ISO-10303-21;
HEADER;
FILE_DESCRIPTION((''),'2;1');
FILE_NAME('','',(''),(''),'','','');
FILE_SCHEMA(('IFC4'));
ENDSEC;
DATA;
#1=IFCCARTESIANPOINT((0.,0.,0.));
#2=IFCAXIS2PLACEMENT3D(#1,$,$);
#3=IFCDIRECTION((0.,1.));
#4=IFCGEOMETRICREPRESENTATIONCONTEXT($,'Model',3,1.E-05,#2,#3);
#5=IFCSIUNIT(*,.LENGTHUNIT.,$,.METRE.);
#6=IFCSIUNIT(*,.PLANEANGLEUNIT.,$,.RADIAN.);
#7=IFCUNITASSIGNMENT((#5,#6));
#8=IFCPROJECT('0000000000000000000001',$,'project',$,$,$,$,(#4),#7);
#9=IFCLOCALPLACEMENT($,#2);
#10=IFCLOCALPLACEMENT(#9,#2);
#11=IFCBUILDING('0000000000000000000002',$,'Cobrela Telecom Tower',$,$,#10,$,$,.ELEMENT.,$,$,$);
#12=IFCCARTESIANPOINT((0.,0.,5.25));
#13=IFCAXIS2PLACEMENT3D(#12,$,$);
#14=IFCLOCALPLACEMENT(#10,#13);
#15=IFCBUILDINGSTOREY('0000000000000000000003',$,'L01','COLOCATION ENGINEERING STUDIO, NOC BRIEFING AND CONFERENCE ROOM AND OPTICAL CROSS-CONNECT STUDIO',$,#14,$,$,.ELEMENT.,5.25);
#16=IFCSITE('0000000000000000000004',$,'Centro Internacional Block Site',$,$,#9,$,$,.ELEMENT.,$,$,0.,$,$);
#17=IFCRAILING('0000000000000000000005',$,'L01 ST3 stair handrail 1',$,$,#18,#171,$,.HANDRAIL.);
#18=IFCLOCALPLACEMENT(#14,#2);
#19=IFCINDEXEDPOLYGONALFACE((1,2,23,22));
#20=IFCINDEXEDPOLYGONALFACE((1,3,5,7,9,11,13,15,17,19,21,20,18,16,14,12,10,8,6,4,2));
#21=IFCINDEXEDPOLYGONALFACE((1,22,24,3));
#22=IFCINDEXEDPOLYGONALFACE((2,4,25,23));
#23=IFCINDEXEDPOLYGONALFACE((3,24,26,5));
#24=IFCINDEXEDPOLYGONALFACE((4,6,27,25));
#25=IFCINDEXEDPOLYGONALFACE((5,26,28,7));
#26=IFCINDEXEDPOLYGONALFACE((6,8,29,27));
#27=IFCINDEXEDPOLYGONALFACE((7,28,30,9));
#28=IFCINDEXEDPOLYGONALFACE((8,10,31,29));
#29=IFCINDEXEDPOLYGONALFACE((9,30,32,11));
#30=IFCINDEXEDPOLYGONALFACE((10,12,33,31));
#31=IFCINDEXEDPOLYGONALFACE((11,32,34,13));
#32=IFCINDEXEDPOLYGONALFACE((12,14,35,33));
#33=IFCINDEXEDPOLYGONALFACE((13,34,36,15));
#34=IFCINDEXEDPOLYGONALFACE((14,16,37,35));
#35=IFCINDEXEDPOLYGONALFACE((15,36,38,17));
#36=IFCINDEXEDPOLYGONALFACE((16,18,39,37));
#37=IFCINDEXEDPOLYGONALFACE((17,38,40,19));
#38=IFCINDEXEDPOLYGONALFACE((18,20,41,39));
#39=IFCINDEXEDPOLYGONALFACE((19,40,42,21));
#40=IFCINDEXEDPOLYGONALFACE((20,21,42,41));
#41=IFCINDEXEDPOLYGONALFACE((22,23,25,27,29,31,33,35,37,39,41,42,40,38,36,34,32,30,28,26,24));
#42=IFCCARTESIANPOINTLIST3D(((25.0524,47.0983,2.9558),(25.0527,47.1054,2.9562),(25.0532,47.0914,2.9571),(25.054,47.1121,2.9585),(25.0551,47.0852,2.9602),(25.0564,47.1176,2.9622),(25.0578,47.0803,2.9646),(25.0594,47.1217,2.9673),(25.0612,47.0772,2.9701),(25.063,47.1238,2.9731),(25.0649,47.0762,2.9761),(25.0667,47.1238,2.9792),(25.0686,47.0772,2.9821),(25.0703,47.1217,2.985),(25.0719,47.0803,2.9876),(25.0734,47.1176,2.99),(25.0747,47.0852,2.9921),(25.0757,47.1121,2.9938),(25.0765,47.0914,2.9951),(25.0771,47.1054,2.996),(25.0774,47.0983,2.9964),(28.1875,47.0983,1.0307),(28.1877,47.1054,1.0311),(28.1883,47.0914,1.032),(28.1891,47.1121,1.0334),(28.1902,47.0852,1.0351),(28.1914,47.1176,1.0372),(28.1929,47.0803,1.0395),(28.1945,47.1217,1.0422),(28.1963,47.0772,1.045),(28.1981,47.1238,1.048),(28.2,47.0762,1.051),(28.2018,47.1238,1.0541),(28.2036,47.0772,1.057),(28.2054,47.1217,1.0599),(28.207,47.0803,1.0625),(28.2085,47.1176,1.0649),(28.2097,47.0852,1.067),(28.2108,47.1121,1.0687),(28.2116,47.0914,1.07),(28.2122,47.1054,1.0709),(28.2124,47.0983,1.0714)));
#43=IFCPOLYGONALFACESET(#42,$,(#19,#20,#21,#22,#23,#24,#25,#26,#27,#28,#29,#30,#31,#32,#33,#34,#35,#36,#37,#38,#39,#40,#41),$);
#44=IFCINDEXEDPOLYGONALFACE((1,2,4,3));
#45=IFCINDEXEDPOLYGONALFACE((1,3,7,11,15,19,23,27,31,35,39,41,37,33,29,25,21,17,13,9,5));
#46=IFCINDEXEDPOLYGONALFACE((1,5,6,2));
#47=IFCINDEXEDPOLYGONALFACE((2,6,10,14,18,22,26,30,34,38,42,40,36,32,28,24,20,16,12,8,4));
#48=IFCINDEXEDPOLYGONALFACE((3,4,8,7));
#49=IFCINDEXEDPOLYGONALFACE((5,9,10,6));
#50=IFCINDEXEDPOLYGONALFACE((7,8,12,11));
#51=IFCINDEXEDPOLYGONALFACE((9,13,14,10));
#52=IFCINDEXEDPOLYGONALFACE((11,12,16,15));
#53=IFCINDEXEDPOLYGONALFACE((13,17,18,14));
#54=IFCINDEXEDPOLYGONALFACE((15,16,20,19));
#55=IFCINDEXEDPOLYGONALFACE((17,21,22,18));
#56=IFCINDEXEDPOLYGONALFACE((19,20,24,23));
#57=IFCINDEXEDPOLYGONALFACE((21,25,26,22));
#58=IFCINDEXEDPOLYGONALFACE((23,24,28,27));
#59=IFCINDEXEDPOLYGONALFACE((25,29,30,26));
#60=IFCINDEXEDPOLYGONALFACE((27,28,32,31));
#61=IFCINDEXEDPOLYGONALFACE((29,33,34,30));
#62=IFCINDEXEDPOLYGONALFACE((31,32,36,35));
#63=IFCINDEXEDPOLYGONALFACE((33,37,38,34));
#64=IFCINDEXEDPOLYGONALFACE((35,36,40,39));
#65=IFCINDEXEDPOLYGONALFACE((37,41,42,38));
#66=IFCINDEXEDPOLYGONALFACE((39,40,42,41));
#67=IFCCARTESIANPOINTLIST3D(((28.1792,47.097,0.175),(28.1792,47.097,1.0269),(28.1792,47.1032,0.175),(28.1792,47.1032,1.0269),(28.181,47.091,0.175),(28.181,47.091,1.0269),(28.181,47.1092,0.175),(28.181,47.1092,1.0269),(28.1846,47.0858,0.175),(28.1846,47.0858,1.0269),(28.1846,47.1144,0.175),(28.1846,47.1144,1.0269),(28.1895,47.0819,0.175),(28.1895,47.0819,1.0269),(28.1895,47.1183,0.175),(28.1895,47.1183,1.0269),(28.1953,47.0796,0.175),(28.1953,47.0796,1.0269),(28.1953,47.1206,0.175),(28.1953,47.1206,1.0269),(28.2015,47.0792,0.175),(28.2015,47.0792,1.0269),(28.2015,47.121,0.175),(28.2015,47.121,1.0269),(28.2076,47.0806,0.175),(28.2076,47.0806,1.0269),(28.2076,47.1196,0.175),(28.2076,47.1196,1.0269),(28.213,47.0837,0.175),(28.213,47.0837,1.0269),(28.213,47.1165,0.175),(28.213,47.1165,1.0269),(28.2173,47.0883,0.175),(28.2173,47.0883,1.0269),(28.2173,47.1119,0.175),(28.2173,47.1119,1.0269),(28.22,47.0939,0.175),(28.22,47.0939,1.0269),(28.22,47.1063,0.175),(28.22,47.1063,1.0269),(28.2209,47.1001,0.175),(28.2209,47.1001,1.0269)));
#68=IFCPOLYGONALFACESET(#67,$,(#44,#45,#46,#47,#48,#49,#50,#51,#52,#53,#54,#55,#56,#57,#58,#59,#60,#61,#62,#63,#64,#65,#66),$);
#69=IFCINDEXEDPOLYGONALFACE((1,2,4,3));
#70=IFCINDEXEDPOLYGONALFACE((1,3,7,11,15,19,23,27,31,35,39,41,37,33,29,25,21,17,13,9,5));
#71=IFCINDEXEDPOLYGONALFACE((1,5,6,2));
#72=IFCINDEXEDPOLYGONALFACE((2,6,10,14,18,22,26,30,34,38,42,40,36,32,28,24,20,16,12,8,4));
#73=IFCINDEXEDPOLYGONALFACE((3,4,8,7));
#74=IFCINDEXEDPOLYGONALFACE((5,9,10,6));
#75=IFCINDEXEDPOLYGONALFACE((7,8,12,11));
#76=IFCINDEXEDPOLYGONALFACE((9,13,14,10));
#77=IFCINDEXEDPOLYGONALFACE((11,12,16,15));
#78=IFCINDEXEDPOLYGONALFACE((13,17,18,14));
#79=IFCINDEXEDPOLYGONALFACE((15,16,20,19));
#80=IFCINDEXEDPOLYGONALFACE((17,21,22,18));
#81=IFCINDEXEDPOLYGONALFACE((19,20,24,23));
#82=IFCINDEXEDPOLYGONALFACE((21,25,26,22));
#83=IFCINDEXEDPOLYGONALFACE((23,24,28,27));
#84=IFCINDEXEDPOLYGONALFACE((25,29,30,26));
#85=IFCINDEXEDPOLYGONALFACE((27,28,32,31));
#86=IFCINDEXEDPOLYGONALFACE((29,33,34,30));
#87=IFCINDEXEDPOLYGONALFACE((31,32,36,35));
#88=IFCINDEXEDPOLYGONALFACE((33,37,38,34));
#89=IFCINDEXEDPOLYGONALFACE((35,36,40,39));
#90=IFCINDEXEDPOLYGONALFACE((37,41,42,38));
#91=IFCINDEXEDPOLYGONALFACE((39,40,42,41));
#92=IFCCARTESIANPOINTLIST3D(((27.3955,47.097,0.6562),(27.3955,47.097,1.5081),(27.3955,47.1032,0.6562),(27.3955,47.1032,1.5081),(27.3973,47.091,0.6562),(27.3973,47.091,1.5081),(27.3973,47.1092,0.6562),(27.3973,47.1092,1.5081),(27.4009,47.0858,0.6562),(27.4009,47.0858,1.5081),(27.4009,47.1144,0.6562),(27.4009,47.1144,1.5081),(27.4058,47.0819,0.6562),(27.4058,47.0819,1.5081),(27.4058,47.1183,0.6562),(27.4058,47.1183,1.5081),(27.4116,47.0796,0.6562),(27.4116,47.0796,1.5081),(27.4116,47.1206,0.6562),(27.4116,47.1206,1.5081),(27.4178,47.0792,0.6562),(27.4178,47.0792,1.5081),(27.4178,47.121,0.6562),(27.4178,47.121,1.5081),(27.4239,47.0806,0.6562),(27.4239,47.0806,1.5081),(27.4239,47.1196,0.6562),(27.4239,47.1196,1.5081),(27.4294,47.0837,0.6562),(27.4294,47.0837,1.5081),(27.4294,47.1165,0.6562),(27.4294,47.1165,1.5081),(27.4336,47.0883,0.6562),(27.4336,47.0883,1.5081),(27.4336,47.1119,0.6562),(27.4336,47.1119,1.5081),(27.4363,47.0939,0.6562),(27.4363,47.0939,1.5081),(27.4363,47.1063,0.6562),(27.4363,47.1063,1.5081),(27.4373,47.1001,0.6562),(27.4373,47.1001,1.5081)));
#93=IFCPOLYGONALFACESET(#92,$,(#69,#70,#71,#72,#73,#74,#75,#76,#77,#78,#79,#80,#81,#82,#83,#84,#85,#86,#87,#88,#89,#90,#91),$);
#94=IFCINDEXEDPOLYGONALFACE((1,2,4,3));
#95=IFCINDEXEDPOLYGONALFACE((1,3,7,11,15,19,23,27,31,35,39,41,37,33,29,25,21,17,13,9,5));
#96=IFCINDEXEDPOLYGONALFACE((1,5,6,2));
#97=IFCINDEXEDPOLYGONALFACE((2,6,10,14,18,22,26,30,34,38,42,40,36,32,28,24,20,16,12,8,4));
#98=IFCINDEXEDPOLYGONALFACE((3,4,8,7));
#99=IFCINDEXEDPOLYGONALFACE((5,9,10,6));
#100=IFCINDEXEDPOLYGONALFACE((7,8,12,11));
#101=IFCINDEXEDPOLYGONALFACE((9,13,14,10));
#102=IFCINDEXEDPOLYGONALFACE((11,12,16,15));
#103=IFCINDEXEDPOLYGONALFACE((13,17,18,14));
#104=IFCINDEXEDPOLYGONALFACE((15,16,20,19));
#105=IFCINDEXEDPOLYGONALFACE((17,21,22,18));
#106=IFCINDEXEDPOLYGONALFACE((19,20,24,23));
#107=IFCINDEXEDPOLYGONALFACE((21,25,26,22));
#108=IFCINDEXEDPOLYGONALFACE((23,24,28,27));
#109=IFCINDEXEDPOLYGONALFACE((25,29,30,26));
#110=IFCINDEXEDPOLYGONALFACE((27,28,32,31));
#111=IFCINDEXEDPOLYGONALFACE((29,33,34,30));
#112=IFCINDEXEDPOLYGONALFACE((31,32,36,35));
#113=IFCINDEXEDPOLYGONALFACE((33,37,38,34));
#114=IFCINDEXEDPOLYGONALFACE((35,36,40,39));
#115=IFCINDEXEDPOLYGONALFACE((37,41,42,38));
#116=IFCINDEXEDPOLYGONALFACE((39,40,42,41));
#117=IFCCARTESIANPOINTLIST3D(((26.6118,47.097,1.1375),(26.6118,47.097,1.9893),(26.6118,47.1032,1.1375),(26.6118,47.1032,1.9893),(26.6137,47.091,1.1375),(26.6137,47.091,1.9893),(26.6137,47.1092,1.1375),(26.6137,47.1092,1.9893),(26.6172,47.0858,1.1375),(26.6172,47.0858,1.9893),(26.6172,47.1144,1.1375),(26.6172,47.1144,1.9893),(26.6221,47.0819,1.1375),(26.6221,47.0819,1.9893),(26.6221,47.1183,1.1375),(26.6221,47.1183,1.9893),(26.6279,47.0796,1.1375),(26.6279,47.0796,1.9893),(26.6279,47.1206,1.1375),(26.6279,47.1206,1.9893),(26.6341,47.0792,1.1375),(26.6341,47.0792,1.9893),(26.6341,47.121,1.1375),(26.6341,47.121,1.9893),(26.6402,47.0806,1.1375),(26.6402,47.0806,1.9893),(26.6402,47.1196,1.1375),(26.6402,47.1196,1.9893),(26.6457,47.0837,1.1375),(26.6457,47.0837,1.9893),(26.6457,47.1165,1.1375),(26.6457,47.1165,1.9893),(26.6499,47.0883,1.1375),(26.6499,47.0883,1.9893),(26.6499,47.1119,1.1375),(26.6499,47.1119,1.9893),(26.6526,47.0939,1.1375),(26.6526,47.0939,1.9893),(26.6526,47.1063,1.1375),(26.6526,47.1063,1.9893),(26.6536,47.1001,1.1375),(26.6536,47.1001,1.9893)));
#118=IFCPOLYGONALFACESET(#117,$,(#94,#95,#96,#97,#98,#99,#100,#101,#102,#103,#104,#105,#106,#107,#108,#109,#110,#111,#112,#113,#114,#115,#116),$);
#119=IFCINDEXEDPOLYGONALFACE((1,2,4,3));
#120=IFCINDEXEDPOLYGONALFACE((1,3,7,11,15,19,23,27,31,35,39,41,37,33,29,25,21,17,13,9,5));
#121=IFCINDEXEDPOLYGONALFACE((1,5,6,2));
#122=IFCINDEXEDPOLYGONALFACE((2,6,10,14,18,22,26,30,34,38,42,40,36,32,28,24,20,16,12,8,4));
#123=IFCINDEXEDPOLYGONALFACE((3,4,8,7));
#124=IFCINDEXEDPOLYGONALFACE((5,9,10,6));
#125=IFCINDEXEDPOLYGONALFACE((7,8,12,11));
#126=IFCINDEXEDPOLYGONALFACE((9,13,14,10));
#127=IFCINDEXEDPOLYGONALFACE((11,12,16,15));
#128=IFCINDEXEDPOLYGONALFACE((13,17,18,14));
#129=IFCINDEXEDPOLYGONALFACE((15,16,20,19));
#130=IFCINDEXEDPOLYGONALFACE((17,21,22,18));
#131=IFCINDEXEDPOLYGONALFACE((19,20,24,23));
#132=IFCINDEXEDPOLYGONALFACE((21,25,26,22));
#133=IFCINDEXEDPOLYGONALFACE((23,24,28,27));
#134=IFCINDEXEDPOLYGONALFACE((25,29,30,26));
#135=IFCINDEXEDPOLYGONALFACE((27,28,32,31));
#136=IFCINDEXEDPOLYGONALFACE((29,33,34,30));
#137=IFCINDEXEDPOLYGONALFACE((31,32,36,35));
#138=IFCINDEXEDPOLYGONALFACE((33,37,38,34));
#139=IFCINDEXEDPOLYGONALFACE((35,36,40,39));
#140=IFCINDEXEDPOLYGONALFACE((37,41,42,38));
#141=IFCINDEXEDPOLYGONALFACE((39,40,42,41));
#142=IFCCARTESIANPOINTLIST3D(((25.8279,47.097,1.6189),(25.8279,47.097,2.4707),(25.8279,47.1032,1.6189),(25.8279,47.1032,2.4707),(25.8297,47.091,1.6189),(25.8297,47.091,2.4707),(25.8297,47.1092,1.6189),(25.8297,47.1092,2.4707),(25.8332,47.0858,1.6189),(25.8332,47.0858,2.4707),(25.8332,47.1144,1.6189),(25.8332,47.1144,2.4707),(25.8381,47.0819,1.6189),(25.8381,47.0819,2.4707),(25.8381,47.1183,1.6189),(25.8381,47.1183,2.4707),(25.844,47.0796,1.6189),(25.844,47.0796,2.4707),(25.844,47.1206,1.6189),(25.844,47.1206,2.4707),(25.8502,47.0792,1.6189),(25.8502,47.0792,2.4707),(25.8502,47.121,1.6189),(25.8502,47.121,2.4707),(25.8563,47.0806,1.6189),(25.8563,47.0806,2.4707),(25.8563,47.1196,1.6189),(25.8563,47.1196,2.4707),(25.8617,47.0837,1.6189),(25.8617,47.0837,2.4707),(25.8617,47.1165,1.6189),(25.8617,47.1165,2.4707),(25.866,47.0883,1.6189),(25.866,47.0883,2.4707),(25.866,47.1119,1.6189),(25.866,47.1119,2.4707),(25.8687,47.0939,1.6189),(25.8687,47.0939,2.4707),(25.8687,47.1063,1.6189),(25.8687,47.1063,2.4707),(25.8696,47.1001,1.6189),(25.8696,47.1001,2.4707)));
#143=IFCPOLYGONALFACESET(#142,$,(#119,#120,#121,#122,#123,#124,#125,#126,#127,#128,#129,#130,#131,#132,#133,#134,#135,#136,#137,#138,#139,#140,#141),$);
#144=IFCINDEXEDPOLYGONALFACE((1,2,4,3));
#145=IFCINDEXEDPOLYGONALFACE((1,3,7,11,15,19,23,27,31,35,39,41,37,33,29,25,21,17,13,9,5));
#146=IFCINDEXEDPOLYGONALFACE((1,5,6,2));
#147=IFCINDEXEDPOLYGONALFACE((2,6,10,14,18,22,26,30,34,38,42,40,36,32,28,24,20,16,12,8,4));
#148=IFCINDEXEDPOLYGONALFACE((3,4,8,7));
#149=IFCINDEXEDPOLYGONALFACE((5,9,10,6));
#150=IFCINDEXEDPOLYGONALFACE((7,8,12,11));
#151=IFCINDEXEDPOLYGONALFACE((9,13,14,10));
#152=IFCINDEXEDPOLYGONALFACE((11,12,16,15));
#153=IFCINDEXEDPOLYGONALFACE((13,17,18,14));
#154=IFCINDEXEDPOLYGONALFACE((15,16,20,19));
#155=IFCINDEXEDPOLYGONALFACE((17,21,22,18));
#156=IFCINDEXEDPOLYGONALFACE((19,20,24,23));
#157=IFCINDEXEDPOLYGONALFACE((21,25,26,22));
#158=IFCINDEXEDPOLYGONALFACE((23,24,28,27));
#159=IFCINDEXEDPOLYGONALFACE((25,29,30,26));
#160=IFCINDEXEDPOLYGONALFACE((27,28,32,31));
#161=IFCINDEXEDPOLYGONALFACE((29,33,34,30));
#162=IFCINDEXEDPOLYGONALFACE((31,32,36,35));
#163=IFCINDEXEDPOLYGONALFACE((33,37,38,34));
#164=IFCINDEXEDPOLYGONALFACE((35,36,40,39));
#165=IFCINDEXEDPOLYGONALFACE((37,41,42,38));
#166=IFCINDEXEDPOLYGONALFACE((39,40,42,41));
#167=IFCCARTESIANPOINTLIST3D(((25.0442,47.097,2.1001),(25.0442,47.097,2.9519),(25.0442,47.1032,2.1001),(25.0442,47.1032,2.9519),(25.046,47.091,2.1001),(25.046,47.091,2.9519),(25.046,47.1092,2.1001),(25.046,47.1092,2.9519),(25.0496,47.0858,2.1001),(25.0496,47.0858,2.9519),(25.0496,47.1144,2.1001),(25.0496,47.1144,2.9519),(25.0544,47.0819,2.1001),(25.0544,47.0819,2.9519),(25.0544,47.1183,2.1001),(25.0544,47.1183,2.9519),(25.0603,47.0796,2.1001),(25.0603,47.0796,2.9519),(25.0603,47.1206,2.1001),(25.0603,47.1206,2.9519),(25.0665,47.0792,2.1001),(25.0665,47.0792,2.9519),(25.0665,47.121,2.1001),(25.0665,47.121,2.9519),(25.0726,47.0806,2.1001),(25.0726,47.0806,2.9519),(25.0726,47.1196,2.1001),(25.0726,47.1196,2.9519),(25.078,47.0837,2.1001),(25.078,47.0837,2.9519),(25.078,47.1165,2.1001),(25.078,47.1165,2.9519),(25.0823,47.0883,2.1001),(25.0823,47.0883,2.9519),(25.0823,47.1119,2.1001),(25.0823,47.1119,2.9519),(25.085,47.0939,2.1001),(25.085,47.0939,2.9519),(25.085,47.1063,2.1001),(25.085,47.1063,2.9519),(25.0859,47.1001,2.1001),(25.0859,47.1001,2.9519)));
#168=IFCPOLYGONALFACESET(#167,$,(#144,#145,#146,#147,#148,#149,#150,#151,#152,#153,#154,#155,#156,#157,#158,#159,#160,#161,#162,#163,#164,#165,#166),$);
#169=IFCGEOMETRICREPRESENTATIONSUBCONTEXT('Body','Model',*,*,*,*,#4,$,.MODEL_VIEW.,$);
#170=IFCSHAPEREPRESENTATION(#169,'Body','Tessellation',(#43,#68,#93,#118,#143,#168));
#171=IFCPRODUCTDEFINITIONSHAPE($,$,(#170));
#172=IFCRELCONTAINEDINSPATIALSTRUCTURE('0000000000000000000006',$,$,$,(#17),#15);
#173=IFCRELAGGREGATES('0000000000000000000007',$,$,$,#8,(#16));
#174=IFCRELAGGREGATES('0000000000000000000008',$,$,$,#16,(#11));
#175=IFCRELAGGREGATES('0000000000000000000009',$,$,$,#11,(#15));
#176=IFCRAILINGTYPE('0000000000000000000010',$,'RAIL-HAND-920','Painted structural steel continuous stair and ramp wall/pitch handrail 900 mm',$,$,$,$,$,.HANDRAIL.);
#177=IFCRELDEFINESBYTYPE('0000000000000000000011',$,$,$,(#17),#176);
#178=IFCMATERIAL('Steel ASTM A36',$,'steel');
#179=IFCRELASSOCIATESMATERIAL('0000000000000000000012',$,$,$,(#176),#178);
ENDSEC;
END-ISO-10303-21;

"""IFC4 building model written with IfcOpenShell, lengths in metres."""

from ifc_helpers import new_model, si_unit, direction, frame, origin, origin_2d, place, context, subcontext, project, spatial, circle, extrude, material, type_object, element, save


model = new_model("IFC4")

# Units and contexts
model_context = context("Model", 3, precision=1e-05, world=origin(), true_north=direction((0.0, 1.0)))
body_context = subcontext(model_context, "Body", "Model", "MODEL_VIEW")
ifc_project = project(units=[si_unit("LENGTHUNIT", "METRE"), si_unit("PLANEANGLEUNIT", "RADIAN")], contexts=[model_context])

# Site, building, storey
site_placement = place(None, origin())
site = spatial("IfcSite", under=ifc_project, at=site_placement, Name="Centro Internacional Block Site", CompositionType="ELEMENT", RefElevation=0.0)
building_placement = place(site_placement, origin())
building = spatial("IfcBuilding", under=site, at=building_placement, Name="Cobrela Telecom Tower", CompositionType="ELEMENT")
storey_placement = place(building_placement, frame((0.0, 0.0, 5.25)))
storey = spatial("IfcBuildingStorey", under=building, at=storey_placement, Name="L01", Description="COLOCATION ENGINEERING STUDIO, NOC BRIEFING AND CONFERENCE ROOM AND OPTICAL CROSS-CONNECT STUDIO", CompositionType="ELEMENT", Elevation=5.25)

# Shared definitions
ifc_material_1 = material(Name="Steel ASTM A36", Category="steel")

# Railing
railing_type_1 = type_object("IfcRailingType", Name="RAIL-HAND-920", Description="Painted structural steel continuous stair and ramp wall/pitch handrail 900 mm", PredefinedType="HANDRAIL", material=ifc_material_1)
railing_1_placement = place(storey_placement, frame((28.2, 47.1001, 0.175)))
element("IfcRailing", 1, at=railing_1_placement, inside=storey, type_object=railing_type_1, Name="L01 ST3 stair handrail 1", PredefinedType="HANDRAIL", context=body_context, shape_type="SweptSolid", body=[
    extrude(circle(Radius=0.0239, at=origin_2d()), frame((0.0, 0.0, 0.876), z_axis=(-0.852166, 0.0, 0.523271), x_axis=(0.0, -1.0, 0.0)), (0.0, 0.0, 1.0), 3.679),
    extrude(circle(Radius=0.021, at=origin_2d()), origin(), (0.0, 0.0, 1.0), 0.8518),
    extrude(circle(Radius=0.021, at=origin_2d()), frame((-0.7837, 0.0, 0.4812)), (0.0, 0.0, 1.0), 0.8518),
    extrude(circle(Radius=0.021, at=origin_2d()), frame((-1.5674, 0.0, 0.9624)), (0.0, 0.0, 1.0), 0.8518),
    extrude(circle(Radius=0.021, at=origin_2d()), frame((-2.3513, 0.0, 1.4438)), (0.0, 0.0, 1.0), 0.8518),
    extrude(circle(Radius=0.021, at=origin_2d()), frame((-3.135, 0.0, 1.925)), (0.0, 0.0, 1.0), 0.8518),
])

save(model, "model.ifc")
